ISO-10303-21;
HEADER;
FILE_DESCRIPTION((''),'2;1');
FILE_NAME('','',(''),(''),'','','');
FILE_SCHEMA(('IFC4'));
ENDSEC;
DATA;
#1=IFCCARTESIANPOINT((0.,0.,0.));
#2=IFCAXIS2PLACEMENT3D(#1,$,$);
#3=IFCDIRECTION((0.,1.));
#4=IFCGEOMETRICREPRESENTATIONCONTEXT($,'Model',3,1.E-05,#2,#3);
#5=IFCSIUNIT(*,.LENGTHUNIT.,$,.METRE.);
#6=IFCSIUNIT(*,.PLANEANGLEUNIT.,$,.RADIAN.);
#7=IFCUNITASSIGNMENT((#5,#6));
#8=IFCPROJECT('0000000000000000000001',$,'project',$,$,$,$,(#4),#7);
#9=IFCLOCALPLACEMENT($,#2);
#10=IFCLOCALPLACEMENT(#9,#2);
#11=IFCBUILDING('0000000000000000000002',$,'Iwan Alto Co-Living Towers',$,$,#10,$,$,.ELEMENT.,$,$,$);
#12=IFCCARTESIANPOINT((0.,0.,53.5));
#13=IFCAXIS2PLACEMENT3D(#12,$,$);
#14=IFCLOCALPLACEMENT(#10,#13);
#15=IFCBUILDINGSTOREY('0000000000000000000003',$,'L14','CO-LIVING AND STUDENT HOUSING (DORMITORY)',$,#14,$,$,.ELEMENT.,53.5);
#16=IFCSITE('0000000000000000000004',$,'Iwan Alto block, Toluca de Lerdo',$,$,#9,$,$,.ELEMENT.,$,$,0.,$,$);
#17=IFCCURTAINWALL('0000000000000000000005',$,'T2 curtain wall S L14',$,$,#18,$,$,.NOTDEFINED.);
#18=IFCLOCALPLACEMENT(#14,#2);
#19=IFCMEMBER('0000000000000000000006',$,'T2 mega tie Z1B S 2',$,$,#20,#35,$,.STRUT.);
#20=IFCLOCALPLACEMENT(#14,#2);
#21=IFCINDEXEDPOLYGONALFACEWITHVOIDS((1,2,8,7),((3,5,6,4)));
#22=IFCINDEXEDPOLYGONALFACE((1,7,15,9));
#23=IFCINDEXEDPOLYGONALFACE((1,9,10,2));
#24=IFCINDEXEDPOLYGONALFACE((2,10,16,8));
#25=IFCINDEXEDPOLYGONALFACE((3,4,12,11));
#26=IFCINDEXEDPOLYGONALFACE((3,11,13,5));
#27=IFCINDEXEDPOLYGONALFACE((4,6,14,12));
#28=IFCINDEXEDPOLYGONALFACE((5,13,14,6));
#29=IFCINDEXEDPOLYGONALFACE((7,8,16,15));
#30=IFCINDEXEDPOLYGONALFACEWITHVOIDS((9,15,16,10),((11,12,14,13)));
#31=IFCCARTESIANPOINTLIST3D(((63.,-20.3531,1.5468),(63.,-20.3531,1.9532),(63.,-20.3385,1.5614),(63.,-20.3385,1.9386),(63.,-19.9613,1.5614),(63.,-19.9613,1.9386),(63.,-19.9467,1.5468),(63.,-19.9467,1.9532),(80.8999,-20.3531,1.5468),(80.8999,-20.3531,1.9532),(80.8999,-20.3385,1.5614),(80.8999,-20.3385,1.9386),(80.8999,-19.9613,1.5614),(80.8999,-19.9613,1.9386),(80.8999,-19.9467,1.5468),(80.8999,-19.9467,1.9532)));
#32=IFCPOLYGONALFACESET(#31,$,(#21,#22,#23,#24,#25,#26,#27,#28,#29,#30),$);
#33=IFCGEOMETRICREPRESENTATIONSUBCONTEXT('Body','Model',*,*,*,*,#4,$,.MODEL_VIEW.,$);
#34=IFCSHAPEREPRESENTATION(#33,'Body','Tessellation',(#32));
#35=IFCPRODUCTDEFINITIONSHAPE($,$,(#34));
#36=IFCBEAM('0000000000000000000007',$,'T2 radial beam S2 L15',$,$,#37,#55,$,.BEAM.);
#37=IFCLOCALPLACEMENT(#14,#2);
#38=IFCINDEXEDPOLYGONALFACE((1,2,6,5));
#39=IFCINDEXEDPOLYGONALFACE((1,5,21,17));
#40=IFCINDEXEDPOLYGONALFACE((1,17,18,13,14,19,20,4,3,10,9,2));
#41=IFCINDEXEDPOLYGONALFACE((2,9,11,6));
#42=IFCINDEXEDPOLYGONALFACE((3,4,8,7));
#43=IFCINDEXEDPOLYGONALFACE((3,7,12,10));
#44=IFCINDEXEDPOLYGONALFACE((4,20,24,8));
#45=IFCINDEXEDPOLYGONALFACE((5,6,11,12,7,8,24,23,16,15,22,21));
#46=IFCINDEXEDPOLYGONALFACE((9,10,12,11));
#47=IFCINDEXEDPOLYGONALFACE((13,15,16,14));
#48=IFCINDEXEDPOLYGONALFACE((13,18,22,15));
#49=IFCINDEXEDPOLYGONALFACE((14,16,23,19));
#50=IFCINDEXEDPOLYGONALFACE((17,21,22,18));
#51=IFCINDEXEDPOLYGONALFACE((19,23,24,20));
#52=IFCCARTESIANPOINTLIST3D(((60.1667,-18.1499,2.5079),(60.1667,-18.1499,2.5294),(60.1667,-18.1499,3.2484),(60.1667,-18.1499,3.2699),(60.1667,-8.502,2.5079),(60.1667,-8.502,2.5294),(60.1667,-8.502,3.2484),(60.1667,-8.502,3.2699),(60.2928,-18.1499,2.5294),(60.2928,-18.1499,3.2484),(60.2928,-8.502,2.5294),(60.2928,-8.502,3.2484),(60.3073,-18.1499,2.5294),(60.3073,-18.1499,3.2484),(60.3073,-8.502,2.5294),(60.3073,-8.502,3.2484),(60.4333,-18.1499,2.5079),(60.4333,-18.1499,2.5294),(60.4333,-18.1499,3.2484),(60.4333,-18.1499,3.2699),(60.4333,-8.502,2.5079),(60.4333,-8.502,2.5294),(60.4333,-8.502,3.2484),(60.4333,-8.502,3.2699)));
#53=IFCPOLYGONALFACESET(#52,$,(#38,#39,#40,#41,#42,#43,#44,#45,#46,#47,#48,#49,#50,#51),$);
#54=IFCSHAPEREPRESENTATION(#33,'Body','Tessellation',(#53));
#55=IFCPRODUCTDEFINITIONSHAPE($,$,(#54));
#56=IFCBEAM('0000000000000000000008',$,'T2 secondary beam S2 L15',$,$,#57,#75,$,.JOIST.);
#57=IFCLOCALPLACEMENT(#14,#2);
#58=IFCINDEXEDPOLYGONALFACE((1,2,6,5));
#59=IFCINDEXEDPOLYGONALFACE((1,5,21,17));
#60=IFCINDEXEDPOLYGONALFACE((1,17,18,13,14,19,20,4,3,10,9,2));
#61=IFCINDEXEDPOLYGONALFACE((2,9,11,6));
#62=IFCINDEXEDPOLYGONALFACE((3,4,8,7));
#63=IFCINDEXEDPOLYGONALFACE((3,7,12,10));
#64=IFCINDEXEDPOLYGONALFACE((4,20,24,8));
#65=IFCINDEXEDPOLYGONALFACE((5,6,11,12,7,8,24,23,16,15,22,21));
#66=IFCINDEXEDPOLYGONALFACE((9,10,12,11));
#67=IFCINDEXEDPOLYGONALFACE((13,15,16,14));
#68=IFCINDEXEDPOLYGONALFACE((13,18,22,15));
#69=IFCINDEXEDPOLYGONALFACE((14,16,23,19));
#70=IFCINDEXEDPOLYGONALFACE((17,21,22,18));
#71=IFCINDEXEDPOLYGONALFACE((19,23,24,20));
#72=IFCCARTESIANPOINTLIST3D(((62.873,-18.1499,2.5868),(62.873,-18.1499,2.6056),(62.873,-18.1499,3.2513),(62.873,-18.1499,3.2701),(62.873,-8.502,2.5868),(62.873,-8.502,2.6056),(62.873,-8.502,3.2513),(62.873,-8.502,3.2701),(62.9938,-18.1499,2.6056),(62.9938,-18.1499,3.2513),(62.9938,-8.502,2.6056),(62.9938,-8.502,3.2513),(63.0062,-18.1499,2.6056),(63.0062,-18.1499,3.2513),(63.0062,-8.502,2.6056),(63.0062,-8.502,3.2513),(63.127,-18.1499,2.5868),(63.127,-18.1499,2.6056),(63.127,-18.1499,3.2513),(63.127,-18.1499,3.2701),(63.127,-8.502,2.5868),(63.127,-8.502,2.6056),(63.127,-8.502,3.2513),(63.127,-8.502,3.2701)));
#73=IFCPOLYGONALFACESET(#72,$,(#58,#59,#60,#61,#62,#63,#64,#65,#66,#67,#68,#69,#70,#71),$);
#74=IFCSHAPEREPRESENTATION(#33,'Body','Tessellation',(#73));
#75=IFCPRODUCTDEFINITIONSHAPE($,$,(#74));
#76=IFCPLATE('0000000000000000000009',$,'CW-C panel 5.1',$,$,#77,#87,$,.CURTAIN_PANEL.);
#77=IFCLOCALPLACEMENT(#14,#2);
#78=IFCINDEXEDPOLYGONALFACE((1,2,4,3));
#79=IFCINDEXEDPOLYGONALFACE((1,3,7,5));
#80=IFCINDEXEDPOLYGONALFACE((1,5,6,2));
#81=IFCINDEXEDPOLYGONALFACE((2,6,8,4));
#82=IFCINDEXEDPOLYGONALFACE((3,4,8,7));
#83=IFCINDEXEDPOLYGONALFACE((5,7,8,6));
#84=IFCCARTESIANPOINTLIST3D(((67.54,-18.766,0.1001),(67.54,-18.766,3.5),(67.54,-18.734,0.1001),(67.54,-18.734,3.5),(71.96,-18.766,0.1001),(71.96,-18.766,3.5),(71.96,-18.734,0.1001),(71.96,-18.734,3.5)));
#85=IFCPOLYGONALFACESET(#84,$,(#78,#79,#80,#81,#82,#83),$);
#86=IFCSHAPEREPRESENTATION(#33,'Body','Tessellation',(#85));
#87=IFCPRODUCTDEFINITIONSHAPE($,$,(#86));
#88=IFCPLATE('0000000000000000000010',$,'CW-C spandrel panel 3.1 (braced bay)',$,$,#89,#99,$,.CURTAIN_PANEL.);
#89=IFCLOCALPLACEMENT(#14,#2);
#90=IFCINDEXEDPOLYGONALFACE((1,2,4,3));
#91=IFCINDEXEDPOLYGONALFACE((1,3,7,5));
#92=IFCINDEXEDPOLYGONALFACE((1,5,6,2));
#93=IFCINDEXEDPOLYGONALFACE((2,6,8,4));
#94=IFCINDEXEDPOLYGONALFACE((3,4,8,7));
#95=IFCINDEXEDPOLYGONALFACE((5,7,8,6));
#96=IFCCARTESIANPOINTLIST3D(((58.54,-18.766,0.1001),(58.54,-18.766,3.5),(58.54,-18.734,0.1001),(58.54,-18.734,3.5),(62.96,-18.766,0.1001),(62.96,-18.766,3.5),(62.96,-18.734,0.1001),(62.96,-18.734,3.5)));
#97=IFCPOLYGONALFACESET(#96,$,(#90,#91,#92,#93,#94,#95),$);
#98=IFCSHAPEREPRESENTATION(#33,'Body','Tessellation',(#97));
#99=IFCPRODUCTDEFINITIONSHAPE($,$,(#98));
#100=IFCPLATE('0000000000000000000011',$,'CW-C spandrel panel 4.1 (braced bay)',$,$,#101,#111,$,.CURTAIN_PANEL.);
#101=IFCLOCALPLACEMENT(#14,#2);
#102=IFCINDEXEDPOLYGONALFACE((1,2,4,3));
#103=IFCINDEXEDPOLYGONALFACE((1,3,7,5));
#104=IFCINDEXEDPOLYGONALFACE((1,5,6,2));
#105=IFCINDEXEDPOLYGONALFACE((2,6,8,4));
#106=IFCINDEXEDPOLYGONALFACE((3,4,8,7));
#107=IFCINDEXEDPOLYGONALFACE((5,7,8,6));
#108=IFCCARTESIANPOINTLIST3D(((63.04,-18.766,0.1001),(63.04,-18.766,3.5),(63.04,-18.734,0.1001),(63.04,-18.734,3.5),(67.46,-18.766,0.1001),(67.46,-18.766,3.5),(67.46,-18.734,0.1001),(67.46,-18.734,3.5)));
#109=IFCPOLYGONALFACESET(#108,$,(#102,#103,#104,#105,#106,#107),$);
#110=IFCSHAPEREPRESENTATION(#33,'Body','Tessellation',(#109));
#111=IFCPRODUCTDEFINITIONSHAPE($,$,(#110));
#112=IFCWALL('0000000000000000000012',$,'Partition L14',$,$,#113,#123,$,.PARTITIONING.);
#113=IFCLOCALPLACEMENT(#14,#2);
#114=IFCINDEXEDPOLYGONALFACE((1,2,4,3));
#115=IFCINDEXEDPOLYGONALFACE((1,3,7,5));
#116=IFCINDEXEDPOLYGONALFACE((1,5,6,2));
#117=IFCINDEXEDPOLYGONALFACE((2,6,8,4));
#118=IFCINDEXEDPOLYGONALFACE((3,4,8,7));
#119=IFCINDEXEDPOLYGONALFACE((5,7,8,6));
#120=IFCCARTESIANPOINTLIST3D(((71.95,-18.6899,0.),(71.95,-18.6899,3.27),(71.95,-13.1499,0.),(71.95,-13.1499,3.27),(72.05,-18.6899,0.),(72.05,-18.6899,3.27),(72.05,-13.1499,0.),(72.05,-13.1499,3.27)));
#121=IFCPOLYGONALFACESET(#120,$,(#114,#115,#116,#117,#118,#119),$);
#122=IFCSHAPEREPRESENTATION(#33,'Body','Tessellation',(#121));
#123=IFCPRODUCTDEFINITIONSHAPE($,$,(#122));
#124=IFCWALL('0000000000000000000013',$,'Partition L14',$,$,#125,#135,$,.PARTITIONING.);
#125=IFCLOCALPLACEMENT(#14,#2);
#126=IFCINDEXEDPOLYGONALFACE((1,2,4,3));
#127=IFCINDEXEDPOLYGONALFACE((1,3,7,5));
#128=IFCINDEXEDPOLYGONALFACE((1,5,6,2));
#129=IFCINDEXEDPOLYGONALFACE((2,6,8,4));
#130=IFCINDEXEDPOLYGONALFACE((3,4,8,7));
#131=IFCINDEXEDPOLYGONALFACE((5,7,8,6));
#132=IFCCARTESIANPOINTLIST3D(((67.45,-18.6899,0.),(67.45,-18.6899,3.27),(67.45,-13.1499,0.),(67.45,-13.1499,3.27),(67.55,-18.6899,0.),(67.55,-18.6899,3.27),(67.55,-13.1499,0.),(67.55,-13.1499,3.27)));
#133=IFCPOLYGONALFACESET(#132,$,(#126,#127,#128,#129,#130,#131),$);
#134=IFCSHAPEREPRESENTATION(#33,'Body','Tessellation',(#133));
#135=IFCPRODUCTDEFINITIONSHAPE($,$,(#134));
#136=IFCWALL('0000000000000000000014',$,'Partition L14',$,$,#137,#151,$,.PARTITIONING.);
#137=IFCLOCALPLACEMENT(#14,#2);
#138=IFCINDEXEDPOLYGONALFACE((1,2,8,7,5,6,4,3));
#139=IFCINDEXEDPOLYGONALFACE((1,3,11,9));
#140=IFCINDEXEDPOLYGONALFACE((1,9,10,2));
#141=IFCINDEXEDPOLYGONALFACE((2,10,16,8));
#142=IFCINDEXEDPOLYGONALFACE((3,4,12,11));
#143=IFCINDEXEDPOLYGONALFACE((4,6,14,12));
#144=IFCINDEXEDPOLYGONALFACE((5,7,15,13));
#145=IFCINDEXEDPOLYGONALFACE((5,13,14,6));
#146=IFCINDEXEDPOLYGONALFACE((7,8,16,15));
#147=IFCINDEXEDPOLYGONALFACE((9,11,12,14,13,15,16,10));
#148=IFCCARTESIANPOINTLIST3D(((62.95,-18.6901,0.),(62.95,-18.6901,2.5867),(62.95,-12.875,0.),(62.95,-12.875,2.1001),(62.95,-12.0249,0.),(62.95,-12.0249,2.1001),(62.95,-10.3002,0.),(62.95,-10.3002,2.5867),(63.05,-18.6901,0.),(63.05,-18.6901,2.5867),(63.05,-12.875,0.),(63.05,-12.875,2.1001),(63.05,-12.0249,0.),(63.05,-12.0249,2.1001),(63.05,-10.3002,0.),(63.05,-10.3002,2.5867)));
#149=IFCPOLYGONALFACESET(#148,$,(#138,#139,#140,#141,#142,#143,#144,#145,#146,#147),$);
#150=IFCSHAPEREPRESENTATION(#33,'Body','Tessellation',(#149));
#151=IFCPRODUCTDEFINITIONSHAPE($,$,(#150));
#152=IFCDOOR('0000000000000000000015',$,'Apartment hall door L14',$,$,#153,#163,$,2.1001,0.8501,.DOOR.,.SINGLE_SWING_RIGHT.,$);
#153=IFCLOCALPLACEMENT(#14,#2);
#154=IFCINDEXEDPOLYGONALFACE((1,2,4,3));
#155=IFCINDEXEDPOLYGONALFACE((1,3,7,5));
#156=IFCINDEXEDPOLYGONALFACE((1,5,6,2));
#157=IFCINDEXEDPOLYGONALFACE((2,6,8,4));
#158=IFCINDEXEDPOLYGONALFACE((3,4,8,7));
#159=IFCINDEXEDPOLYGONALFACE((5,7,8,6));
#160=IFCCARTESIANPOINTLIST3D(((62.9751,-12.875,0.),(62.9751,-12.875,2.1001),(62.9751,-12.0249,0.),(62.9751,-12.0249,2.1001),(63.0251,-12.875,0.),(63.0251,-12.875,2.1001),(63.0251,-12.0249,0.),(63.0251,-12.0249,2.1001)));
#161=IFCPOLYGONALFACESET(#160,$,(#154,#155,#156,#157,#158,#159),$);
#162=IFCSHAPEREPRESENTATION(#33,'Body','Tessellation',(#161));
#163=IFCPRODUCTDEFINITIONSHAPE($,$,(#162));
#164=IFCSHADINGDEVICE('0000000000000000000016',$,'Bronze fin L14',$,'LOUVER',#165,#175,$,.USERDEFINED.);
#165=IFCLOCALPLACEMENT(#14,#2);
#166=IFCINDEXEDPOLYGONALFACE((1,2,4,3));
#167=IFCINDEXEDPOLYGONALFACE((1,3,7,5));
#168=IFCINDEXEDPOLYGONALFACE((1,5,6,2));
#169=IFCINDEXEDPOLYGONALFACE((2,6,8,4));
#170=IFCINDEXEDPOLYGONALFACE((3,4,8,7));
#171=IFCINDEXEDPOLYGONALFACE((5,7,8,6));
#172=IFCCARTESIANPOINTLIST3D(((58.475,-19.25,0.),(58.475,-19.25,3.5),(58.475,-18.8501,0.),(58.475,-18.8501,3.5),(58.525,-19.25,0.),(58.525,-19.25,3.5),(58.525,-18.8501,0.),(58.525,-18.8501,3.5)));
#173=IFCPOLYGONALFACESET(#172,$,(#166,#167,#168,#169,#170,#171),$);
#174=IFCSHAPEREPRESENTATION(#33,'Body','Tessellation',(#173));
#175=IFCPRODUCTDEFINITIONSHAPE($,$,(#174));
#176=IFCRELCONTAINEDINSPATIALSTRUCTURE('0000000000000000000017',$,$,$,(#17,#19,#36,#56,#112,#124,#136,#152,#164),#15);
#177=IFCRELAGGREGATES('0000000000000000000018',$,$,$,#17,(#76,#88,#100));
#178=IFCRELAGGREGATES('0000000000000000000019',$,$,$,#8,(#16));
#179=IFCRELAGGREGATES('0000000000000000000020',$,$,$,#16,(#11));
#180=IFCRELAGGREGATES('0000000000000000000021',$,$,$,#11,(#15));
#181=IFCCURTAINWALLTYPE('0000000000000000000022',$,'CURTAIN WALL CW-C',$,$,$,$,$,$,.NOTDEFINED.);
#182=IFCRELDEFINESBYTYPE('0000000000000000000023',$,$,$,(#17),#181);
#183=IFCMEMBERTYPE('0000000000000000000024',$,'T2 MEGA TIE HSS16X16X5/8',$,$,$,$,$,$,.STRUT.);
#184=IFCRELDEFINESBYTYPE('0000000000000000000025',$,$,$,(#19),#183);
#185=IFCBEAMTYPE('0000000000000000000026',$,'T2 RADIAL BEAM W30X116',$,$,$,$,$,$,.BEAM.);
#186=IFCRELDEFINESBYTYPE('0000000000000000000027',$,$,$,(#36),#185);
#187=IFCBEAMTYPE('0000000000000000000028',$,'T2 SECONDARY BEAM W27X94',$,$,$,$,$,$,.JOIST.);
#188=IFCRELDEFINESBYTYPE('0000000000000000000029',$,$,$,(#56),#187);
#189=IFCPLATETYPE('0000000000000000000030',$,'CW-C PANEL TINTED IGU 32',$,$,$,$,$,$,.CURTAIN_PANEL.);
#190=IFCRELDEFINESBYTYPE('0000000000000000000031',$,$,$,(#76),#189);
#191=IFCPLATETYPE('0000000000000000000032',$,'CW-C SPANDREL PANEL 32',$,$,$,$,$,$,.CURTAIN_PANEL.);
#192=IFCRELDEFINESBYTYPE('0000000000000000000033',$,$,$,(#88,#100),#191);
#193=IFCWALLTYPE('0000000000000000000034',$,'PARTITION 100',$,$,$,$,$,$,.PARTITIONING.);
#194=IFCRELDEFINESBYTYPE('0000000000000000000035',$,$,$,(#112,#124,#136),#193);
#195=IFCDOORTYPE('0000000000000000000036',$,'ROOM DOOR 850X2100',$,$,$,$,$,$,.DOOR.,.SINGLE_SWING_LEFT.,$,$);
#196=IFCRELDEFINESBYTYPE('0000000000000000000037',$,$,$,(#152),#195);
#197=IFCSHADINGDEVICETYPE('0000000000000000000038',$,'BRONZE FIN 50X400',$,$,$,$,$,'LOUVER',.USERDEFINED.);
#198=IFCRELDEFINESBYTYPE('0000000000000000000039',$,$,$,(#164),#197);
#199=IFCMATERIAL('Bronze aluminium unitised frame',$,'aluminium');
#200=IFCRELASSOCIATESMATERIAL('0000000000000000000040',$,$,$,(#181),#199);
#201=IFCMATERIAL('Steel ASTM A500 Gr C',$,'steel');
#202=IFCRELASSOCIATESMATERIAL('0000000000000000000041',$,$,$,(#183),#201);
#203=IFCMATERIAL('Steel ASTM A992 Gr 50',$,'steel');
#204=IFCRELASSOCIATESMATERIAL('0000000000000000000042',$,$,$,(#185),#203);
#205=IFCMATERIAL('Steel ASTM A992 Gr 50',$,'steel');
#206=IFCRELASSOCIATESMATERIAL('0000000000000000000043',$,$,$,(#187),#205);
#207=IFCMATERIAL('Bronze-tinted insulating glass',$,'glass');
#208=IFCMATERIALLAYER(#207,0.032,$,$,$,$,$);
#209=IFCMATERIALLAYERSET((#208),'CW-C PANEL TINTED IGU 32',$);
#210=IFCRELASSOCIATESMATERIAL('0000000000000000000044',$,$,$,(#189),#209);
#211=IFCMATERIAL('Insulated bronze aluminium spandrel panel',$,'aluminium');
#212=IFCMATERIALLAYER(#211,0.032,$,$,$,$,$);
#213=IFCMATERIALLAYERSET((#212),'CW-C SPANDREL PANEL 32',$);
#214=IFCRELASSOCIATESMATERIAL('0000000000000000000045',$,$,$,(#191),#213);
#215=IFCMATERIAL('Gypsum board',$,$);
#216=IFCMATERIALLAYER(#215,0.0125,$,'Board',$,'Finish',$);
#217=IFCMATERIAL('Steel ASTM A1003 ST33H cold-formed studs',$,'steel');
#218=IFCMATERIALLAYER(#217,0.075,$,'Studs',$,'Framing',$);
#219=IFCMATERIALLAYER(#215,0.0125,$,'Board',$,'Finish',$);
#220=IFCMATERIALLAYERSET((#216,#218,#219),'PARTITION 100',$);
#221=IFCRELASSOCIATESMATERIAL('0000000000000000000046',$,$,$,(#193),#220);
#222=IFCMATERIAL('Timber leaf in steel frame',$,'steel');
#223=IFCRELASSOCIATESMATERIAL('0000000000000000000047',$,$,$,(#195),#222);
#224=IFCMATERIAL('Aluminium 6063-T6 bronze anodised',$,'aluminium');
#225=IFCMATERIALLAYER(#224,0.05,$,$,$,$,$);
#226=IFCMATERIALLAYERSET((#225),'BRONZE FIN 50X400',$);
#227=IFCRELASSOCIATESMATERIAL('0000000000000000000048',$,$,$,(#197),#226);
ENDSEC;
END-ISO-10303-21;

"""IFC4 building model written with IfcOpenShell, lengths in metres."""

from ifc_helpers import new_model, si_unit, direction, frame, frame_2d, origin, origin_2d, place, context, subcontext, project, spatial, rectangle, hollow_rectangle, i_section, extrude, material, layer, layer_set, material_profile, profile_set, type_object, element, fill, aggregate, save


model = new_model("IFC4")

# Units and contexts
model_context = context("Model", 3, precision=1e-05, world=origin(), true_north=direction((0.0, 1.0)))
body_context = subcontext(model_context, "Body", "Model", "MODEL_VIEW")
ifc_project = project(units=[si_unit("LENGTHUNIT", "METRE"), si_unit("PLANEANGLEUNIT", "RADIAN")], contexts=[model_context])

# Site, building, storey
site_placement = place(None, origin())
site = spatial("IfcSite", under=ifc_project, at=site_placement, Name="Iwan Alto block, Toluca de Lerdo", CompositionType="ELEMENT", RefElevation=0.0)
building_placement = place(site_placement, origin())
building = spatial("IfcBuilding", under=site, at=building_placement, Name="Iwan Alto Co-Living Towers", CompositionType="ELEMENT")
storey_placement = place(building_placement, frame((0.0, 0.0, 53.5)))
storey = spatial("IfcBuildingStorey", under=building, at=storey_placement, Name="L14", Description="CO-LIVING AND STUDENT HOUSING (DORMITORY)", CompositionType="ELEMENT", Elevation=53.5)

# Curtain wall
ifc_material_1 = material(Name="Bronze aluminium unitised frame", Category="aluminium")
curtain_wall_type = type_object("IfcCurtainWallType", Name="CURTAIN WALL CW-C", PredefinedType="NOTDEFINED", material=ifc_material_1)
curtain_wall_placement = place(storey_placement, origin())
curtain_wall = element("IfcCurtainWall", 1, at=curtain_wall_placement, inside=storey, type_object=curtain_wall_type, Name="T2 curtain wall S L14", PredefinedType="NOTDEFINED")

# Member
ifc_material_2 = material(Name="Steel ASTM A500 Gr C", Category="steel")
ifc_material_profile_1 = material_profile(ifc_material_2, hollow_rectangle(XDim=0.4065, YDim=0.4065, WallThickness=0.0146, at=origin_2d()), Name="HSS16X16X5/8")
ifc_profile_set_1 = profile_set([ifc_material_profile_1], Name="Steel ASTM A500 Gr C")
member_type_1 = type_object("IfcMemberType", Name="T2 MEGA TIE HSS16X16X5/8", PredefinedType="STRUT", material=ifc_profile_set_1)
member_1_placement = place(storey_placement, frame((63.0, -20.1499, 1.75), z_axis=(1.0, 0.0, 0.0), x_axis=(0.0, 1.0, 0.0)))
element("IfcMember", 2, at=member_1_placement, inside=storey, type_object=member_type_1, Name="T2 mega tie Z1B S 2", PredefinedType="STRUT", context=body_context, shape_type="SweptSolid", body=[
    extrude(hollow_rectangle(XDim=0.4065, YDim=0.4065, WallThickness=0.0146, at=origin_2d()), origin(), (0.0, 0.0, 1.0), 17.8999),
])

# Beams
ifc_material_3 = material(Name="Steel ASTM A992 Gr 50", Category="steel")
ifc_material_profile_2 = material_profile(ifc_material_3, i_section(OverallWidth=0.2666, OverallDepth=0.762, WebThickness=0.0144, FlangeThickness=0.0215, at=origin_2d()), Name="W30X116")
ifc_profile_set_2 = profile_set([ifc_material_profile_2], Name="Steel ASTM A992 Gr 50")
beam_type_1 = type_object("IfcBeamType", Name="T2 RADIAL BEAM W30X116", PredefinedType="BEAM", material=ifc_profile_set_2)
beam_1_placement = place(storey_placement, frame((60.3, -18.1499, 2.8889), z_axis=(0.0, 1.0, 0.0), x_axis=(-1.0, 0.0, 0.0)))
element("IfcBeam", 3, at=beam_1_placement, inside=storey, type_object=beam_type_1, Name="T2 radial beam S2 L15", PredefinedType="BEAM", context=body_context, shape_type="SweptSolid", body=[
    extrude(i_section(OverallWidth=0.2666, OverallDepth=0.762, WebThickness=0.0144, FlangeThickness=0.0215, at=origin_2d()), origin(), (0.0, 0.0, 1.0), 9.6479),
])
ifc_material_4 = material(Name="Steel ASTM A992 Gr 50", Category="steel")
ifc_material_profile_3 = material_profile(ifc_material_4, i_section(OverallWidth=0.2539, OverallDepth=0.6833, WebThickness=0.0125, FlangeThickness=0.0188, at=origin_2d()), Name="W27X94")
ifc_profile_set_3 = profile_set([ifc_material_profile_3], Name="Steel ASTM A992 Gr 50")
beam_type_2 = type_object("IfcBeamType", Name="T2 SECONDARY BEAM W27X94", PredefinedType="JOIST", material=ifc_profile_set_3)
beam_2_placement = place(storey_placement, frame((63.0, -18.1499, 2.9285), z_axis=(0.0, 1.0, 0.0), x_axis=(-1.0, 0.0, 0.0)))
element("IfcBeam", 4, at=beam_2_placement, inside=storey, type_object=beam_type_2, Name="T2 secondary beam S2 L15", PredefinedType="JOIST", context=body_context, shape_type="SweptSolid", body=[
    extrude(i_section(OverallWidth=0.2539, OverallDepth=0.6833, WebThickness=0.0125, FlangeThickness=0.0188, at=origin_2d()), origin(), (0.0, 0.0, 1.0), 9.6479),
])

# Plates
ifc_material_5 = material(Name="Bronze-tinted insulating glass", Category="glass")
ifc_layer_1 = layer(ifc_material_5, 0.032)
ifc_layer_set_1 = layer_set([ifc_layer_1], Name="CW-C PANEL TINTED IGU 32")
plate_type_1 = type_object("IfcPlateType", Name="CW-C PANEL TINTED IGU 32", PredefinedType="CURTAIN_PANEL", material=ifc_layer_set_1)
plate_1_placement = place(storey_placement, frame((69.75, -18.75, 0.1001), z_axis=(0.0, 0.0, 1.0), x_axis=(1.0, 0.0, 0.0)))
plate_1 = element("IfcPlate", 5, at=plate_1_placement, type_object=plate_type_1, Name="CW-C panel 5.1", PredefinedType="CURTAIN_PANEL", context=body_context, shape_type="SweptSolid", body=[
    extrude(rectangle(XDim=4.4199, YDim=0.032, at=origin_2d()), origin(), (0.0, 0.0, 1.0), 3.3999),
])
ifc_material_6 = material(Name="Insulated bronze aluminium spandrel panel", Category="aluminium")
ifc_layer_2 = layer(ifc_material_6, 0.032)
ifc_layer_set_2 = layer_set([ifc_layer_2], Name="CW-C SPANDREL PANEL 32")
plate_type_2 = type_object("IfcPlateType", Name="CW-C SPANDREL PANEL 32", PredefinedType="CURTAIN_PANEL", material=ifc_layer_set_2)
plate_2_placement = place(storey_placement, frame((60.75, -18.75, 0.1001), z_axis=(0.0, 0.0, 1.0), x_axis=(1.0, 0.0, 0.0)))
plate_2 = element("IfcPlate", 6, at=plate_2_placement, type_object=plate_type_2, Name="CW-C spandrel panel 3.1 (braced bay)", PredefinedType="CURTAIN_PANEL", context=body_context, shape_type="SweptSolid", body=[
    extrude(rectangle(XDim=4.4199, YDim=0.032, at=origin_2d()), origin(), (0.0, 0.0, 1.0), 3.3999),
])
plate_3_placement = place(storey_placement, frame((65.25, -18.75, 0.1001), z_axis=(0.0, 0.0, 1.0), x_axis=(1.0, 0.0, 0.0)))
plate_3 = element("IfcPlate", 7, at=plate_3_placement, type_object=plate_type_2, Name="CW-C spandrel panel 4.1 (braced bay)", PredefinedType="CURTAIN_PANEL", context=body_context, shape_type="SweptSolid", body=[
    extrude(rectangle(XDim=4.4199, YDim=0.032, at=origin_2d()), origin(), (0.0, 0.0, 1.0), 3.3999),
])
aggregate(curtain_wall, [plate_1, plate_2, plate_3])

# Walls
ifc_material_7 = material(Name="Gypsum board")
ifc_layer_3 = layer(ifc_material_7, 0.0125, Name="Board", Category="Finish")
ifc_material_8 = material(Name="Steel ASTM A1003 ST33H cold-formed studs", Category="steel")
ifc_layer_4 = layer(ifc_material_8, 0.075, Name="Studs", Category="Framing")
ifc_layer_5 = layer(ifc_material_7, 0.0125, Name="Board", Category="Finish")
ifc_layer_set_3 = layer_set([ifc_layer_3, ifc_layer_4, ifc_layer_5], Name="PARTITION 100")
wall_type = type_object("IfcWallType", Name="PARTITION 100", PredefinedType="PARTITIONING", material=ifc_layer_set_3)
for number, where, z_axis, x_axis, name in (
    (8, (72.0, -18.6899, 0.0), (0.0, 0.0, 1.0), (0.0, 1.0, 0.0), "Partition L14"),
    (9, (67.5, -18.6899, 0.0), (0.0, 0.0, 1.0), (0.0, 1.0, 0.0), "Partition L14"),
):
    element("IfcWall", number, at=place(storey_placement, frame(where, z_axis=z_axis, x_axis=x_axis)), inside=storey, type_object=wall_type, Name=name, PredefinedType="PARTITIONING", context=body_context, shape_type="SweptSolid", body=[
        extrude(rectangle(XDim=5.54, YDim=0.1001, at=frame_2d((2.77, 0.0))), origin(), (0.0, 0.0, 1.0), 3.27),
    ])

# Wall, opening, door
wall_placement = place(storey_placement, frame((63.0, -18.6899, 0.0), z_axis=(0.0, 0.0, 1.0), x_axis=(0.0, 1.0, 0.0)))
wall = element("IfcWall", 10, at=wall_placement, inside=storey, type_object=wall_type, Name="Partition L14", PredefinedType="PARTITIONING", context=body_context, shape_type="SweptSolid", body=[
    extrude(rectangle(XDim=8.3899, YDim=0.1001, at=frame_2d((4.1948, 0.0))), origin(), (0.0, 0.0, 1.0), 2.5867),
])
opening_placement = place(wall_placement, frame((5.8149, 0.0, 0.0)))
opening = element("IfcOpeningElement", 11, at=opening_placement, cuts=wall, PredefinedType="OPENING", context=body_context, shape_type="SweptSolid", body=[
    extrude(rectangle(XDim=0.8501, YDim=2.1001, at=frame_2d((0.425, 1.05))), frame((0.0, 0.0601, 0.0), z_axis=(0.0, -1.0, 0.0), x_axis=(1.0, 0.0, 0.0)), (0.0, 0.0, 1.0), 0.1201),
])
ifc_material_9 = material(Name="Timber leaf in steel frame", Category="steel")
door_type = type_object("IfcDoorType", Name="ROOM DOOR 850X2100", OperationType="SINGLE_SWING_LEFT", PredefinedType="DOOR", material=ifc_material_9)
door_placement = place(opening_placement, origin())
door = element("IfcDoor", 12, at=door_placement, inside=storey, type_object=door_type, Name="Apartment hall door L14", OperationType="SINGLE_SWING_RIGHT", OverallHeight=2.1001, OverallWidth=0.8501, PredefinedType="DOOR", context=body_context, shape_type="SweptSolid", body=[
    extrude(rectangle(XDim=0.8501, YDim=2.1001, at=frame_2d((0.425, 1.05))), frame((0.0, 0.0249, 0.0), z_axis=(0.0, -1.0, 0.0), x_axis=(1.0, 0.0, 0.0)), (0.0, 0.0, 1.0), 0.05),
])
fill(opening, door)

# Shading device
ifc_material_10 = material(Name="Aluminium 6063-T6 bronze anodised", Category="aluminium")
ifc_layer_6 = layer(ifc_material_10, 0.05)
ifc_layer_set_4 = layer_set([ifc_layer_6], Name="BRONZE FIN 50X400")
shading_device_type = type_object("IfcShadingDeviceType", Name="BRONZE FIN 50X400", ElementType="LOUVER", PredefinedType="USERDEFINED", material=ifc_layer_set_4)
for number, where, z_axis, x_axis, name in (
    (13, (58.5, -19.05, 0.0), (0.0, 0.0, 1.0), (1.0, 0.0, 0.0), "Bronze fin L14"),
):
    element("IfcShadingDevice", number, at=place(storey_placement, frame(where, z_axis=z_axis, x_axis=x_axis)), inside=storey, type_object=shading_device_type, Name=name, ObjectType="LOUVER", PredefinedType="USERDEFINED", context=body_context, shape_type="SweptSolid", body=[
        extrude(rectangle(XDim=0.05, YDim=0.3999, at=origin_2d()), origin(), (0.0, 0.0, 1.0), 3.5),
    ])

save(model, "model.ifc")
